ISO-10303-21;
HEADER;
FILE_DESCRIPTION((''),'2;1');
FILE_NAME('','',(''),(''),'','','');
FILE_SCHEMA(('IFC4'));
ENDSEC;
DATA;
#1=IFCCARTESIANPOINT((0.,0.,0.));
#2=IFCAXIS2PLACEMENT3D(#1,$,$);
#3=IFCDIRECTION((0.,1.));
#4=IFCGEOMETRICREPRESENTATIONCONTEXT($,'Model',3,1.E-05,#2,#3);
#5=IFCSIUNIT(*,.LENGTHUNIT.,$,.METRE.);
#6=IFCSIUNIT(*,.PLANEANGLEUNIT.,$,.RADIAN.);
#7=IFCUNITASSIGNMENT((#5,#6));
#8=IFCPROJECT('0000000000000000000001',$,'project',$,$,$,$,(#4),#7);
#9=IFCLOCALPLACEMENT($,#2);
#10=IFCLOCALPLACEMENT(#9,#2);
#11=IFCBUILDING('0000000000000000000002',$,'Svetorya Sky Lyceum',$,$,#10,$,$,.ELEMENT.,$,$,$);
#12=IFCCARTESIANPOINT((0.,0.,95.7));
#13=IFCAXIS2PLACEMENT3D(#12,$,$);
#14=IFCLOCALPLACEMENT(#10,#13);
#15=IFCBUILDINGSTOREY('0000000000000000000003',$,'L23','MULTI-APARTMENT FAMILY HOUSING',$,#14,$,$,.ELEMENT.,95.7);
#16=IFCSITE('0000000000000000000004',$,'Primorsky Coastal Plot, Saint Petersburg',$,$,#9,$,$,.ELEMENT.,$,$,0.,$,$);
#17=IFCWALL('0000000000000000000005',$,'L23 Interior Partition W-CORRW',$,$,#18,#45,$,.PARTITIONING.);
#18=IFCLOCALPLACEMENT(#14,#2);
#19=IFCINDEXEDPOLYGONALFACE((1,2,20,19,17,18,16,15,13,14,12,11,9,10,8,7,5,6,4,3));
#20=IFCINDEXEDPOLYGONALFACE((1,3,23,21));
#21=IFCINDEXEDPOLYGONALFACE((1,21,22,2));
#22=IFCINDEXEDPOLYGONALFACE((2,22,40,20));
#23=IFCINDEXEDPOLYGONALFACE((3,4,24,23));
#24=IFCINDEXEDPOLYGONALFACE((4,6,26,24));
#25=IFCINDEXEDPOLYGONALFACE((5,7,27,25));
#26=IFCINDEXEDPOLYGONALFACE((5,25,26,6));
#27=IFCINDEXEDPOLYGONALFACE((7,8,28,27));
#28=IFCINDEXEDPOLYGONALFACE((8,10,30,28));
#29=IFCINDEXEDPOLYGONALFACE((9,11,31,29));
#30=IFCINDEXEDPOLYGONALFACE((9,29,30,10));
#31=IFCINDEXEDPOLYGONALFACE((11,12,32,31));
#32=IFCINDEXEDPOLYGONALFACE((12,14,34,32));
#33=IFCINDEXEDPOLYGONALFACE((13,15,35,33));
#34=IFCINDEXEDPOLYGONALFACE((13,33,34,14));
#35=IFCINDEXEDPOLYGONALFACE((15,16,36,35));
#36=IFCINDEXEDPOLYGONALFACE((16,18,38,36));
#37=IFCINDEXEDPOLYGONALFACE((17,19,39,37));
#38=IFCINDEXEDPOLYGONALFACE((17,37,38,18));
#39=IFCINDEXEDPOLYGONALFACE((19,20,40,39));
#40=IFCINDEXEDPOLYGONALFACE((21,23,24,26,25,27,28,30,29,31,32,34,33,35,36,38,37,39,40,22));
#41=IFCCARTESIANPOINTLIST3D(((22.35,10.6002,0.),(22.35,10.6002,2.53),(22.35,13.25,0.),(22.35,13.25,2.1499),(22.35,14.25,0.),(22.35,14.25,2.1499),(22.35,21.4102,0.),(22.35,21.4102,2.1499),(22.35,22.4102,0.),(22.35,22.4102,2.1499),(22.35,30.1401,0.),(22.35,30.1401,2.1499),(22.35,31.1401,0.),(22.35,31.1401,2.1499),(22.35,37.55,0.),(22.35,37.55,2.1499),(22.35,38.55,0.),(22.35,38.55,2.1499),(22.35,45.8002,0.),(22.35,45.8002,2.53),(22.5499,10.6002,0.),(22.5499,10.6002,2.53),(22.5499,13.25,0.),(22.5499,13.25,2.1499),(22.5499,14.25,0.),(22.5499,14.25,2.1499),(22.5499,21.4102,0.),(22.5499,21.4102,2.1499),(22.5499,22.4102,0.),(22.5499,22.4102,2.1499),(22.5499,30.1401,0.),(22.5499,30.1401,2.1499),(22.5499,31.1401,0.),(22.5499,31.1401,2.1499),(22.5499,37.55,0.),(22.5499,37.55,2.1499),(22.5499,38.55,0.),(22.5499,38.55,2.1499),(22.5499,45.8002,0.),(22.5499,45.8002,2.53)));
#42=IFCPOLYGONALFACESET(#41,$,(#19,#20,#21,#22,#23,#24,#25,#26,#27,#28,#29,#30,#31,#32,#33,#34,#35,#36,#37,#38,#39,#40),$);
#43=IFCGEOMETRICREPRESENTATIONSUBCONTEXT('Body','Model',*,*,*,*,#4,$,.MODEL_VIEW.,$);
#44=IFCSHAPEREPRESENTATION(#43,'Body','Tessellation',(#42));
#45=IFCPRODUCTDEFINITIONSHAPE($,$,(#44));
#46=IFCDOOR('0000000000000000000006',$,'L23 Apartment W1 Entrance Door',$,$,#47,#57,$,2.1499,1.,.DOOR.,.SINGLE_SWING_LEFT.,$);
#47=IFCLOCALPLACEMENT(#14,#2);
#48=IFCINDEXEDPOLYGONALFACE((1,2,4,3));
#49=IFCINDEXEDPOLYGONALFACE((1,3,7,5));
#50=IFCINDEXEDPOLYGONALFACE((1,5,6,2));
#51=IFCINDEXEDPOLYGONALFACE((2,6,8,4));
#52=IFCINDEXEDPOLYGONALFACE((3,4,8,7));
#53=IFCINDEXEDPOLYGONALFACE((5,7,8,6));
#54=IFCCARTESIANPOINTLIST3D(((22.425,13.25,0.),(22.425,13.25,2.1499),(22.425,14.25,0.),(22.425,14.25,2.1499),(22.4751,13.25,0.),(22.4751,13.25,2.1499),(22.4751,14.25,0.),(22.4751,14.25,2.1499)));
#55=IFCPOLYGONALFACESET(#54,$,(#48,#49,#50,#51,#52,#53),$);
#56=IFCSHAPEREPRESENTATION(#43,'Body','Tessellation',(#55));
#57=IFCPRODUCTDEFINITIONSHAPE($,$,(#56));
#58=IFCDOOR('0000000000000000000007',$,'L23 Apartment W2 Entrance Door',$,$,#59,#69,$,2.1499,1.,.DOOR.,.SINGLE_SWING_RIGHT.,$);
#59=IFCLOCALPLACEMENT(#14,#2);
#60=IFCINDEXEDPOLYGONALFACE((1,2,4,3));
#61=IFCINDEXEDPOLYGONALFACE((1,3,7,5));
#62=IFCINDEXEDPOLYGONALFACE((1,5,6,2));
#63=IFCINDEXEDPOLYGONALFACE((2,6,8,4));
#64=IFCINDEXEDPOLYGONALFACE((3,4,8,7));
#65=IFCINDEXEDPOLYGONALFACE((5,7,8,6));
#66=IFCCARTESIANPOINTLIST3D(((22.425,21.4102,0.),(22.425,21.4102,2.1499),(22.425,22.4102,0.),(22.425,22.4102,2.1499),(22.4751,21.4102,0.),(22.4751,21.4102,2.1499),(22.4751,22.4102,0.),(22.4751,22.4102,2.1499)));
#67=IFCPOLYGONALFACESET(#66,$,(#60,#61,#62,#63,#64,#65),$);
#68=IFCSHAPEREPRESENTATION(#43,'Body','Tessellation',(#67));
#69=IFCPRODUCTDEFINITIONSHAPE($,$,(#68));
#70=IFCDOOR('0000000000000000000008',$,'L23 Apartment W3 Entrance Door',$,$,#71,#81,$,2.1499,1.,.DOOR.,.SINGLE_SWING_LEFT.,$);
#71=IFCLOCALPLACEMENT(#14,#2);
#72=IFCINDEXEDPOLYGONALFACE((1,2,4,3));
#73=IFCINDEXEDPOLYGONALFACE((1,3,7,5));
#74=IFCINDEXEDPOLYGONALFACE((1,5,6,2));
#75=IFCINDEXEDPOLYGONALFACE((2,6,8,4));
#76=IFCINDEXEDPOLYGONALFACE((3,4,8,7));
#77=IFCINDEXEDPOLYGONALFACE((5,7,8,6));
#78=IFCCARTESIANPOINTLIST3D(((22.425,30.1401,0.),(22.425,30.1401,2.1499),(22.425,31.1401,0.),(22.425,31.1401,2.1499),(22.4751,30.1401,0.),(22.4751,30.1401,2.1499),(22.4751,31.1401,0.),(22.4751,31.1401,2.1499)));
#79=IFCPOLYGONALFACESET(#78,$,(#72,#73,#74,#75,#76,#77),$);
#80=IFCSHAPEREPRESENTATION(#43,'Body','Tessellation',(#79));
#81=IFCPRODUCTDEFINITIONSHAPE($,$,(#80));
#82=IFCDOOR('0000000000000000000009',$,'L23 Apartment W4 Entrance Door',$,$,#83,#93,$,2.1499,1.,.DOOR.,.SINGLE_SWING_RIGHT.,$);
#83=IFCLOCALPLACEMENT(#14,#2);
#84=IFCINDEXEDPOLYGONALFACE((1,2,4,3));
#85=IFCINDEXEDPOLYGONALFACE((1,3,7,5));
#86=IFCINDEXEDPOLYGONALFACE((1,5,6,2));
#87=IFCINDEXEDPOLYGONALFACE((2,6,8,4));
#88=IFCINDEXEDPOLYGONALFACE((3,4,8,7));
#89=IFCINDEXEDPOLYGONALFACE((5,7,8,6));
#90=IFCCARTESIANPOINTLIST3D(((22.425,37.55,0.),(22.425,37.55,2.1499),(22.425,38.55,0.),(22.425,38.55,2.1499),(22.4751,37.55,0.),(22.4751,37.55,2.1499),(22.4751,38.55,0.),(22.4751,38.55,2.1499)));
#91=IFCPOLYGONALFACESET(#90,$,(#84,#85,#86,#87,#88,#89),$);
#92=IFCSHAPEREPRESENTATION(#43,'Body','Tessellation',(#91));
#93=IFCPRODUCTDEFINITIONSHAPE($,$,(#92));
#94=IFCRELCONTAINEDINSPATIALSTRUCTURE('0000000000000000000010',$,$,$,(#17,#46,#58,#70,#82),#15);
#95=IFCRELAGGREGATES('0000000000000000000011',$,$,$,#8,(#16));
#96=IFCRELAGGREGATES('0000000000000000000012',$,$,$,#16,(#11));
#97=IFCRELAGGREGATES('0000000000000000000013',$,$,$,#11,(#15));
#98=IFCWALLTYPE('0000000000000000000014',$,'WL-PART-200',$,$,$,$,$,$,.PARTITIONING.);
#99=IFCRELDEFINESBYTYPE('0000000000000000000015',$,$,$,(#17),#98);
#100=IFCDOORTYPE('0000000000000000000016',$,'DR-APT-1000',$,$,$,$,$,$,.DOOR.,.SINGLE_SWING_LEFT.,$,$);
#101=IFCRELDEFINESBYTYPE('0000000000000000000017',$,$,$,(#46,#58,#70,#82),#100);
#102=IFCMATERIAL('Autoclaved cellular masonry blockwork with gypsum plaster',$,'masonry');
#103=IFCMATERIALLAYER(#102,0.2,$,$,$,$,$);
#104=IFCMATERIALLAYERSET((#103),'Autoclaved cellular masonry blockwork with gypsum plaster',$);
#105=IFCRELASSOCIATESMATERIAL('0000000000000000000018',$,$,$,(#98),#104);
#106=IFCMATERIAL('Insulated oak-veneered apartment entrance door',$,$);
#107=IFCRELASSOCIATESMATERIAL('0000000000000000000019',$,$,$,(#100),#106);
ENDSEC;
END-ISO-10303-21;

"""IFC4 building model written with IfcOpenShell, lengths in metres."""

from ifc_helpers import new_model, si_unit, direction, frame, frame_2d, origin, place, context, subcontext, project, spatial, rectangle, extrude, material, layer, layer_set, type_object, element, fill, save


model = new_model("IFC4")

# Units and contexts
model_context = context("Model", 3, precision=1e-05, world=origin(), true_north=direction((0.0, 1.0)))
body_context = subcontext(model_context, "Body", "Model", "MODEL_VIEW")
ifc_project = project(units=[si_unit("LENGTHUNIT", "METRE"), si_unit("PLANEANGLEUNIT", "RADIAN")], contexts=[model_context])

# Site, building, storey
site_placement = place(None, origin())
site = spatial("IfcSite", under=ifc_project, at=site_placement, Name="Primorsky Coastal Plot, Saint Petersburg", CompositionType="ELEMENT", RefElevation=0.0)
building_placement = place(site_placement, origin())
building = spatial("IfcBuilding", under=site, at=building_placement, Name="Svetorya Sky Lyceum", CompositionType="ELEMENT")
storey_placement = place(building_placement, frame((0.0, 0.0, 95.7)))
storey = spatial("IfcBuildingStorey", under=building, at=storey_placement, Name="L23", Description="MULTI-APARTMENT FAMILY HOUSING", CompositionType="ELEMENT", Elevation=95.7)

# Shared definitions
ifc_material_1 = material(Name="Autoclaved cellular masonry blockwork with gypsum plaster", Category="masonry")
ifc_layer_1 = layer(ifc_material_1, 0.2)
ifc_layer_set_1 = layer_set([ifc_layer_1], Name="Autoclaved cellular masonry blockwork with gypsum plaster")
wall_type_1 = type_object("IfcWallType", Name="WL-PART-200", PredefinedType="PARTITIONING", material=ifc_layer_set_1)

# Wall, openings, doors
wall_1_placement = place(storey_placement, frame((22.45, 10.6001, 0.0), z_axis=(0.0, 0.0, 1.0), x_axis=(0.0, 1.0, 0.0)))
wall_1 = element("IfcWall", 1, at=wall_1_placement, inside=storey, type_object=wall_type_1, Name="L23 Interior Partition W-CORRW", PredefinedType="PARTITIONING", context=body_context, shape_type="SweptSolid", body=[
    extrude(rectangle(XDim=35.2, YDim=0.2, at=frame_2d((17.6001, 0.0))), origin(), (0.0, 0.0, 1.0), 2.53),
])
opening_1_placement = place(wall_1_placement, frame((2.6499, 0.0, 0.0)))
opening_1 = element("IfcOpeningElement", 2, at=opening_1_placement, cuts=wall_1, PredefinedType="OPENING", context=body_context, shape_type="SweptSolid", body=[
    extrude(rectangle(XDim=1.0, YDim=2.1499, at=frame_2d((0.5, 1.075))), frame((0.0, 0.1099, 0.0), z_axis=(0.0, -1.0, 0.0), x_axis=(1.0, 0.0, 0.0)), (0.0, 0.0, 1.0), 0.22),
])
opening_2_placement = place(wall_1_placement, frame((10.8101, 0.0, 0.0)))
opening_2 = element("IfcOpeningElement", 3, at=opening_2_placement, cuts=wall_1, PredefinedType="OPENING", context=body_context, shape_type="SweptSolid", body=[
    extrude(rectangle(XDim=1.0, YDim=2.1499, at=frame_2d((0.5, 1.075))), frame((0.0, 0.1099, 0.0), z_axis=(0.0, -1.0, 0.0), x_axis=(1.0, 0.0, 0.0)), (0.0, 0.0, 1.0), 0.22),
])
opening_3_placement = place(wall_1_placement, frame((19.54, 0.0, 0.0)))
opening_3 = element("IfcOpeningElement", 4, at=opening_3_placement, cuts=wall_1, PredefinedType="OPENING", context=body_context, shape_type="SweptSolid", body=[
    extrude(rectangle(XDim=1.0, YDim=2.1499, at=frame_2d((0.5, 1.075))), frame((0.0, 0.1099, 0.0), z_axis=(0.0, -1.0, 0.0), x_axis=(1.0, 0.0, 0.0)), (0.0, 0.0, 1.0), 0.22),
])
opening_4_placement = place(wall_1_placement, frame((26.95, 0.0, 0.0)))
opening_4 = element("IfcOpeningElement", 5, at=opening_4_placement, cuts=wall_1, PredefinedType="OPENING", context=body_context, shape_type="SweptSolid", body=[
    extrude(rectangle(XDim=1.0, YDim=2.1499, at=frame_2d((0.5, 1.075))), frame((0.0, 0.1099, 0.0), z_axis=(0.0, -1.0, 0.0), x_axis=(1.0, 0.0, 0.0)), (0.0, 0.0, 1.0), 0.22),
])
ifc_material_2 = material(Name="Insulated oak-veneered apartment entrance door")
door_type_1 = type_object("IfcDoorType", Name="DR-APT-1000", OperationType="SINGLE_SWING_LEFT", PredefinedType="DOOR", material=ifc_material_2)
door_1_placement = place(opening_1_placement, origin())
door_1 = element("IfcDoor", 6, at=door_1_placement, inside=storey, type_object=door_type_1, Name="L23 Apartment W1 Entrance Door", OperationType="SINGLE_SWING_LEFT", OverallHeight=2.1499, OverallWidth=1.0, PredefinedType="DOOR", context=body_context, shape_type="SweptSolid", body=[
    extrude(rectangle(XDim=1.0, YDim=2.1499, at=frame_2d((0.5, 1.075))), frame((0.0, 0.0249, 0.0), z_axis=(0.0, -1.0, 0.0), x_axis=(1.0, 0.0, 0.0)), (0.0, 0.0, 1.0), 0.05),
])
fill(opening_1, door_1)
door_2_placement = place(opening_2_placement, origin())
door_2 = element("IfcDoor", 7, at=door_2_placement, inside=storey, type_object=door_type_1, Name="L23 Apartment W2 Entrance Door", OperationType="SINGLE_SWING_RIGHT", OverallHeight=2.1499, OverallWidth=1.0, PredefinedType="DOOR", context=body_context, shape_type="SweptSolid", body=[
    extrude(rectangle(XDim=1.0, YDim=2.1499, at=frame_2d((0.5, 1.075))), frame((0.0, 0.0249, 0.0), z_axis=(0.0, -1.0, 0.0), x_axis=(1.0, 0.0, 0.0)), (0.0, 0.0, 1.0), 0.05),
])
fill(opening_2, door_2)
door_3_placement = place(opening_3_placement, origin())
door_3 = element("IfcDoor", 8, at=door_3_placement, inside=storey, type_object=door_type_1, Name="L23 Apartment W3 Entrance Door", OperationType="SINGLE_SWING_LEFT", OverallHeight=2.1499, OverallWidth=1.0, PredefinedType="DOOR", context=body_context, shape_type="SweptSolid", body=[
    extrude(rectangle(XDim=1.0, YDim=2.1499, at=frame_2d((0.5, 1.075))), frame((0.0, 0.0249, 0.0), z_axis=(0.0, -1.0, 0.0), x_axis=(1.0, 0.0, 0.0)), (0.0, 0.0, 1.0), 0.05),
])
fill(opening_3, door_3)
door_4_placement = place(opening_4_placement, origin())
door_4 = element("IfcDoor", 9, at=door_4_placement, inside=storey, type_object=door_type_1, Name="L23 Apartment W4 Entrance Door", OperationType="SINGLE_SWING_RIGHT", OverallHeight=2.1499, OverallWidth=1.0, PredefinedType="DOOR", context=body_context, shape_type="SweptSolid", body=[
    extrude(rectangle(XDim=1.0, YDim=2.1499, at=frame_2d((0.5, 1.075))), frame((0.0, 0.0249, 0.0), z_axis=(0.0, -1.0, 0.0), x_axis=(1.0, 0.0, 0.0)), (0.0, 0.0, 1.0), 0.05),
])
fill(opening_4, door_4)

save(model, "model.ifc")
